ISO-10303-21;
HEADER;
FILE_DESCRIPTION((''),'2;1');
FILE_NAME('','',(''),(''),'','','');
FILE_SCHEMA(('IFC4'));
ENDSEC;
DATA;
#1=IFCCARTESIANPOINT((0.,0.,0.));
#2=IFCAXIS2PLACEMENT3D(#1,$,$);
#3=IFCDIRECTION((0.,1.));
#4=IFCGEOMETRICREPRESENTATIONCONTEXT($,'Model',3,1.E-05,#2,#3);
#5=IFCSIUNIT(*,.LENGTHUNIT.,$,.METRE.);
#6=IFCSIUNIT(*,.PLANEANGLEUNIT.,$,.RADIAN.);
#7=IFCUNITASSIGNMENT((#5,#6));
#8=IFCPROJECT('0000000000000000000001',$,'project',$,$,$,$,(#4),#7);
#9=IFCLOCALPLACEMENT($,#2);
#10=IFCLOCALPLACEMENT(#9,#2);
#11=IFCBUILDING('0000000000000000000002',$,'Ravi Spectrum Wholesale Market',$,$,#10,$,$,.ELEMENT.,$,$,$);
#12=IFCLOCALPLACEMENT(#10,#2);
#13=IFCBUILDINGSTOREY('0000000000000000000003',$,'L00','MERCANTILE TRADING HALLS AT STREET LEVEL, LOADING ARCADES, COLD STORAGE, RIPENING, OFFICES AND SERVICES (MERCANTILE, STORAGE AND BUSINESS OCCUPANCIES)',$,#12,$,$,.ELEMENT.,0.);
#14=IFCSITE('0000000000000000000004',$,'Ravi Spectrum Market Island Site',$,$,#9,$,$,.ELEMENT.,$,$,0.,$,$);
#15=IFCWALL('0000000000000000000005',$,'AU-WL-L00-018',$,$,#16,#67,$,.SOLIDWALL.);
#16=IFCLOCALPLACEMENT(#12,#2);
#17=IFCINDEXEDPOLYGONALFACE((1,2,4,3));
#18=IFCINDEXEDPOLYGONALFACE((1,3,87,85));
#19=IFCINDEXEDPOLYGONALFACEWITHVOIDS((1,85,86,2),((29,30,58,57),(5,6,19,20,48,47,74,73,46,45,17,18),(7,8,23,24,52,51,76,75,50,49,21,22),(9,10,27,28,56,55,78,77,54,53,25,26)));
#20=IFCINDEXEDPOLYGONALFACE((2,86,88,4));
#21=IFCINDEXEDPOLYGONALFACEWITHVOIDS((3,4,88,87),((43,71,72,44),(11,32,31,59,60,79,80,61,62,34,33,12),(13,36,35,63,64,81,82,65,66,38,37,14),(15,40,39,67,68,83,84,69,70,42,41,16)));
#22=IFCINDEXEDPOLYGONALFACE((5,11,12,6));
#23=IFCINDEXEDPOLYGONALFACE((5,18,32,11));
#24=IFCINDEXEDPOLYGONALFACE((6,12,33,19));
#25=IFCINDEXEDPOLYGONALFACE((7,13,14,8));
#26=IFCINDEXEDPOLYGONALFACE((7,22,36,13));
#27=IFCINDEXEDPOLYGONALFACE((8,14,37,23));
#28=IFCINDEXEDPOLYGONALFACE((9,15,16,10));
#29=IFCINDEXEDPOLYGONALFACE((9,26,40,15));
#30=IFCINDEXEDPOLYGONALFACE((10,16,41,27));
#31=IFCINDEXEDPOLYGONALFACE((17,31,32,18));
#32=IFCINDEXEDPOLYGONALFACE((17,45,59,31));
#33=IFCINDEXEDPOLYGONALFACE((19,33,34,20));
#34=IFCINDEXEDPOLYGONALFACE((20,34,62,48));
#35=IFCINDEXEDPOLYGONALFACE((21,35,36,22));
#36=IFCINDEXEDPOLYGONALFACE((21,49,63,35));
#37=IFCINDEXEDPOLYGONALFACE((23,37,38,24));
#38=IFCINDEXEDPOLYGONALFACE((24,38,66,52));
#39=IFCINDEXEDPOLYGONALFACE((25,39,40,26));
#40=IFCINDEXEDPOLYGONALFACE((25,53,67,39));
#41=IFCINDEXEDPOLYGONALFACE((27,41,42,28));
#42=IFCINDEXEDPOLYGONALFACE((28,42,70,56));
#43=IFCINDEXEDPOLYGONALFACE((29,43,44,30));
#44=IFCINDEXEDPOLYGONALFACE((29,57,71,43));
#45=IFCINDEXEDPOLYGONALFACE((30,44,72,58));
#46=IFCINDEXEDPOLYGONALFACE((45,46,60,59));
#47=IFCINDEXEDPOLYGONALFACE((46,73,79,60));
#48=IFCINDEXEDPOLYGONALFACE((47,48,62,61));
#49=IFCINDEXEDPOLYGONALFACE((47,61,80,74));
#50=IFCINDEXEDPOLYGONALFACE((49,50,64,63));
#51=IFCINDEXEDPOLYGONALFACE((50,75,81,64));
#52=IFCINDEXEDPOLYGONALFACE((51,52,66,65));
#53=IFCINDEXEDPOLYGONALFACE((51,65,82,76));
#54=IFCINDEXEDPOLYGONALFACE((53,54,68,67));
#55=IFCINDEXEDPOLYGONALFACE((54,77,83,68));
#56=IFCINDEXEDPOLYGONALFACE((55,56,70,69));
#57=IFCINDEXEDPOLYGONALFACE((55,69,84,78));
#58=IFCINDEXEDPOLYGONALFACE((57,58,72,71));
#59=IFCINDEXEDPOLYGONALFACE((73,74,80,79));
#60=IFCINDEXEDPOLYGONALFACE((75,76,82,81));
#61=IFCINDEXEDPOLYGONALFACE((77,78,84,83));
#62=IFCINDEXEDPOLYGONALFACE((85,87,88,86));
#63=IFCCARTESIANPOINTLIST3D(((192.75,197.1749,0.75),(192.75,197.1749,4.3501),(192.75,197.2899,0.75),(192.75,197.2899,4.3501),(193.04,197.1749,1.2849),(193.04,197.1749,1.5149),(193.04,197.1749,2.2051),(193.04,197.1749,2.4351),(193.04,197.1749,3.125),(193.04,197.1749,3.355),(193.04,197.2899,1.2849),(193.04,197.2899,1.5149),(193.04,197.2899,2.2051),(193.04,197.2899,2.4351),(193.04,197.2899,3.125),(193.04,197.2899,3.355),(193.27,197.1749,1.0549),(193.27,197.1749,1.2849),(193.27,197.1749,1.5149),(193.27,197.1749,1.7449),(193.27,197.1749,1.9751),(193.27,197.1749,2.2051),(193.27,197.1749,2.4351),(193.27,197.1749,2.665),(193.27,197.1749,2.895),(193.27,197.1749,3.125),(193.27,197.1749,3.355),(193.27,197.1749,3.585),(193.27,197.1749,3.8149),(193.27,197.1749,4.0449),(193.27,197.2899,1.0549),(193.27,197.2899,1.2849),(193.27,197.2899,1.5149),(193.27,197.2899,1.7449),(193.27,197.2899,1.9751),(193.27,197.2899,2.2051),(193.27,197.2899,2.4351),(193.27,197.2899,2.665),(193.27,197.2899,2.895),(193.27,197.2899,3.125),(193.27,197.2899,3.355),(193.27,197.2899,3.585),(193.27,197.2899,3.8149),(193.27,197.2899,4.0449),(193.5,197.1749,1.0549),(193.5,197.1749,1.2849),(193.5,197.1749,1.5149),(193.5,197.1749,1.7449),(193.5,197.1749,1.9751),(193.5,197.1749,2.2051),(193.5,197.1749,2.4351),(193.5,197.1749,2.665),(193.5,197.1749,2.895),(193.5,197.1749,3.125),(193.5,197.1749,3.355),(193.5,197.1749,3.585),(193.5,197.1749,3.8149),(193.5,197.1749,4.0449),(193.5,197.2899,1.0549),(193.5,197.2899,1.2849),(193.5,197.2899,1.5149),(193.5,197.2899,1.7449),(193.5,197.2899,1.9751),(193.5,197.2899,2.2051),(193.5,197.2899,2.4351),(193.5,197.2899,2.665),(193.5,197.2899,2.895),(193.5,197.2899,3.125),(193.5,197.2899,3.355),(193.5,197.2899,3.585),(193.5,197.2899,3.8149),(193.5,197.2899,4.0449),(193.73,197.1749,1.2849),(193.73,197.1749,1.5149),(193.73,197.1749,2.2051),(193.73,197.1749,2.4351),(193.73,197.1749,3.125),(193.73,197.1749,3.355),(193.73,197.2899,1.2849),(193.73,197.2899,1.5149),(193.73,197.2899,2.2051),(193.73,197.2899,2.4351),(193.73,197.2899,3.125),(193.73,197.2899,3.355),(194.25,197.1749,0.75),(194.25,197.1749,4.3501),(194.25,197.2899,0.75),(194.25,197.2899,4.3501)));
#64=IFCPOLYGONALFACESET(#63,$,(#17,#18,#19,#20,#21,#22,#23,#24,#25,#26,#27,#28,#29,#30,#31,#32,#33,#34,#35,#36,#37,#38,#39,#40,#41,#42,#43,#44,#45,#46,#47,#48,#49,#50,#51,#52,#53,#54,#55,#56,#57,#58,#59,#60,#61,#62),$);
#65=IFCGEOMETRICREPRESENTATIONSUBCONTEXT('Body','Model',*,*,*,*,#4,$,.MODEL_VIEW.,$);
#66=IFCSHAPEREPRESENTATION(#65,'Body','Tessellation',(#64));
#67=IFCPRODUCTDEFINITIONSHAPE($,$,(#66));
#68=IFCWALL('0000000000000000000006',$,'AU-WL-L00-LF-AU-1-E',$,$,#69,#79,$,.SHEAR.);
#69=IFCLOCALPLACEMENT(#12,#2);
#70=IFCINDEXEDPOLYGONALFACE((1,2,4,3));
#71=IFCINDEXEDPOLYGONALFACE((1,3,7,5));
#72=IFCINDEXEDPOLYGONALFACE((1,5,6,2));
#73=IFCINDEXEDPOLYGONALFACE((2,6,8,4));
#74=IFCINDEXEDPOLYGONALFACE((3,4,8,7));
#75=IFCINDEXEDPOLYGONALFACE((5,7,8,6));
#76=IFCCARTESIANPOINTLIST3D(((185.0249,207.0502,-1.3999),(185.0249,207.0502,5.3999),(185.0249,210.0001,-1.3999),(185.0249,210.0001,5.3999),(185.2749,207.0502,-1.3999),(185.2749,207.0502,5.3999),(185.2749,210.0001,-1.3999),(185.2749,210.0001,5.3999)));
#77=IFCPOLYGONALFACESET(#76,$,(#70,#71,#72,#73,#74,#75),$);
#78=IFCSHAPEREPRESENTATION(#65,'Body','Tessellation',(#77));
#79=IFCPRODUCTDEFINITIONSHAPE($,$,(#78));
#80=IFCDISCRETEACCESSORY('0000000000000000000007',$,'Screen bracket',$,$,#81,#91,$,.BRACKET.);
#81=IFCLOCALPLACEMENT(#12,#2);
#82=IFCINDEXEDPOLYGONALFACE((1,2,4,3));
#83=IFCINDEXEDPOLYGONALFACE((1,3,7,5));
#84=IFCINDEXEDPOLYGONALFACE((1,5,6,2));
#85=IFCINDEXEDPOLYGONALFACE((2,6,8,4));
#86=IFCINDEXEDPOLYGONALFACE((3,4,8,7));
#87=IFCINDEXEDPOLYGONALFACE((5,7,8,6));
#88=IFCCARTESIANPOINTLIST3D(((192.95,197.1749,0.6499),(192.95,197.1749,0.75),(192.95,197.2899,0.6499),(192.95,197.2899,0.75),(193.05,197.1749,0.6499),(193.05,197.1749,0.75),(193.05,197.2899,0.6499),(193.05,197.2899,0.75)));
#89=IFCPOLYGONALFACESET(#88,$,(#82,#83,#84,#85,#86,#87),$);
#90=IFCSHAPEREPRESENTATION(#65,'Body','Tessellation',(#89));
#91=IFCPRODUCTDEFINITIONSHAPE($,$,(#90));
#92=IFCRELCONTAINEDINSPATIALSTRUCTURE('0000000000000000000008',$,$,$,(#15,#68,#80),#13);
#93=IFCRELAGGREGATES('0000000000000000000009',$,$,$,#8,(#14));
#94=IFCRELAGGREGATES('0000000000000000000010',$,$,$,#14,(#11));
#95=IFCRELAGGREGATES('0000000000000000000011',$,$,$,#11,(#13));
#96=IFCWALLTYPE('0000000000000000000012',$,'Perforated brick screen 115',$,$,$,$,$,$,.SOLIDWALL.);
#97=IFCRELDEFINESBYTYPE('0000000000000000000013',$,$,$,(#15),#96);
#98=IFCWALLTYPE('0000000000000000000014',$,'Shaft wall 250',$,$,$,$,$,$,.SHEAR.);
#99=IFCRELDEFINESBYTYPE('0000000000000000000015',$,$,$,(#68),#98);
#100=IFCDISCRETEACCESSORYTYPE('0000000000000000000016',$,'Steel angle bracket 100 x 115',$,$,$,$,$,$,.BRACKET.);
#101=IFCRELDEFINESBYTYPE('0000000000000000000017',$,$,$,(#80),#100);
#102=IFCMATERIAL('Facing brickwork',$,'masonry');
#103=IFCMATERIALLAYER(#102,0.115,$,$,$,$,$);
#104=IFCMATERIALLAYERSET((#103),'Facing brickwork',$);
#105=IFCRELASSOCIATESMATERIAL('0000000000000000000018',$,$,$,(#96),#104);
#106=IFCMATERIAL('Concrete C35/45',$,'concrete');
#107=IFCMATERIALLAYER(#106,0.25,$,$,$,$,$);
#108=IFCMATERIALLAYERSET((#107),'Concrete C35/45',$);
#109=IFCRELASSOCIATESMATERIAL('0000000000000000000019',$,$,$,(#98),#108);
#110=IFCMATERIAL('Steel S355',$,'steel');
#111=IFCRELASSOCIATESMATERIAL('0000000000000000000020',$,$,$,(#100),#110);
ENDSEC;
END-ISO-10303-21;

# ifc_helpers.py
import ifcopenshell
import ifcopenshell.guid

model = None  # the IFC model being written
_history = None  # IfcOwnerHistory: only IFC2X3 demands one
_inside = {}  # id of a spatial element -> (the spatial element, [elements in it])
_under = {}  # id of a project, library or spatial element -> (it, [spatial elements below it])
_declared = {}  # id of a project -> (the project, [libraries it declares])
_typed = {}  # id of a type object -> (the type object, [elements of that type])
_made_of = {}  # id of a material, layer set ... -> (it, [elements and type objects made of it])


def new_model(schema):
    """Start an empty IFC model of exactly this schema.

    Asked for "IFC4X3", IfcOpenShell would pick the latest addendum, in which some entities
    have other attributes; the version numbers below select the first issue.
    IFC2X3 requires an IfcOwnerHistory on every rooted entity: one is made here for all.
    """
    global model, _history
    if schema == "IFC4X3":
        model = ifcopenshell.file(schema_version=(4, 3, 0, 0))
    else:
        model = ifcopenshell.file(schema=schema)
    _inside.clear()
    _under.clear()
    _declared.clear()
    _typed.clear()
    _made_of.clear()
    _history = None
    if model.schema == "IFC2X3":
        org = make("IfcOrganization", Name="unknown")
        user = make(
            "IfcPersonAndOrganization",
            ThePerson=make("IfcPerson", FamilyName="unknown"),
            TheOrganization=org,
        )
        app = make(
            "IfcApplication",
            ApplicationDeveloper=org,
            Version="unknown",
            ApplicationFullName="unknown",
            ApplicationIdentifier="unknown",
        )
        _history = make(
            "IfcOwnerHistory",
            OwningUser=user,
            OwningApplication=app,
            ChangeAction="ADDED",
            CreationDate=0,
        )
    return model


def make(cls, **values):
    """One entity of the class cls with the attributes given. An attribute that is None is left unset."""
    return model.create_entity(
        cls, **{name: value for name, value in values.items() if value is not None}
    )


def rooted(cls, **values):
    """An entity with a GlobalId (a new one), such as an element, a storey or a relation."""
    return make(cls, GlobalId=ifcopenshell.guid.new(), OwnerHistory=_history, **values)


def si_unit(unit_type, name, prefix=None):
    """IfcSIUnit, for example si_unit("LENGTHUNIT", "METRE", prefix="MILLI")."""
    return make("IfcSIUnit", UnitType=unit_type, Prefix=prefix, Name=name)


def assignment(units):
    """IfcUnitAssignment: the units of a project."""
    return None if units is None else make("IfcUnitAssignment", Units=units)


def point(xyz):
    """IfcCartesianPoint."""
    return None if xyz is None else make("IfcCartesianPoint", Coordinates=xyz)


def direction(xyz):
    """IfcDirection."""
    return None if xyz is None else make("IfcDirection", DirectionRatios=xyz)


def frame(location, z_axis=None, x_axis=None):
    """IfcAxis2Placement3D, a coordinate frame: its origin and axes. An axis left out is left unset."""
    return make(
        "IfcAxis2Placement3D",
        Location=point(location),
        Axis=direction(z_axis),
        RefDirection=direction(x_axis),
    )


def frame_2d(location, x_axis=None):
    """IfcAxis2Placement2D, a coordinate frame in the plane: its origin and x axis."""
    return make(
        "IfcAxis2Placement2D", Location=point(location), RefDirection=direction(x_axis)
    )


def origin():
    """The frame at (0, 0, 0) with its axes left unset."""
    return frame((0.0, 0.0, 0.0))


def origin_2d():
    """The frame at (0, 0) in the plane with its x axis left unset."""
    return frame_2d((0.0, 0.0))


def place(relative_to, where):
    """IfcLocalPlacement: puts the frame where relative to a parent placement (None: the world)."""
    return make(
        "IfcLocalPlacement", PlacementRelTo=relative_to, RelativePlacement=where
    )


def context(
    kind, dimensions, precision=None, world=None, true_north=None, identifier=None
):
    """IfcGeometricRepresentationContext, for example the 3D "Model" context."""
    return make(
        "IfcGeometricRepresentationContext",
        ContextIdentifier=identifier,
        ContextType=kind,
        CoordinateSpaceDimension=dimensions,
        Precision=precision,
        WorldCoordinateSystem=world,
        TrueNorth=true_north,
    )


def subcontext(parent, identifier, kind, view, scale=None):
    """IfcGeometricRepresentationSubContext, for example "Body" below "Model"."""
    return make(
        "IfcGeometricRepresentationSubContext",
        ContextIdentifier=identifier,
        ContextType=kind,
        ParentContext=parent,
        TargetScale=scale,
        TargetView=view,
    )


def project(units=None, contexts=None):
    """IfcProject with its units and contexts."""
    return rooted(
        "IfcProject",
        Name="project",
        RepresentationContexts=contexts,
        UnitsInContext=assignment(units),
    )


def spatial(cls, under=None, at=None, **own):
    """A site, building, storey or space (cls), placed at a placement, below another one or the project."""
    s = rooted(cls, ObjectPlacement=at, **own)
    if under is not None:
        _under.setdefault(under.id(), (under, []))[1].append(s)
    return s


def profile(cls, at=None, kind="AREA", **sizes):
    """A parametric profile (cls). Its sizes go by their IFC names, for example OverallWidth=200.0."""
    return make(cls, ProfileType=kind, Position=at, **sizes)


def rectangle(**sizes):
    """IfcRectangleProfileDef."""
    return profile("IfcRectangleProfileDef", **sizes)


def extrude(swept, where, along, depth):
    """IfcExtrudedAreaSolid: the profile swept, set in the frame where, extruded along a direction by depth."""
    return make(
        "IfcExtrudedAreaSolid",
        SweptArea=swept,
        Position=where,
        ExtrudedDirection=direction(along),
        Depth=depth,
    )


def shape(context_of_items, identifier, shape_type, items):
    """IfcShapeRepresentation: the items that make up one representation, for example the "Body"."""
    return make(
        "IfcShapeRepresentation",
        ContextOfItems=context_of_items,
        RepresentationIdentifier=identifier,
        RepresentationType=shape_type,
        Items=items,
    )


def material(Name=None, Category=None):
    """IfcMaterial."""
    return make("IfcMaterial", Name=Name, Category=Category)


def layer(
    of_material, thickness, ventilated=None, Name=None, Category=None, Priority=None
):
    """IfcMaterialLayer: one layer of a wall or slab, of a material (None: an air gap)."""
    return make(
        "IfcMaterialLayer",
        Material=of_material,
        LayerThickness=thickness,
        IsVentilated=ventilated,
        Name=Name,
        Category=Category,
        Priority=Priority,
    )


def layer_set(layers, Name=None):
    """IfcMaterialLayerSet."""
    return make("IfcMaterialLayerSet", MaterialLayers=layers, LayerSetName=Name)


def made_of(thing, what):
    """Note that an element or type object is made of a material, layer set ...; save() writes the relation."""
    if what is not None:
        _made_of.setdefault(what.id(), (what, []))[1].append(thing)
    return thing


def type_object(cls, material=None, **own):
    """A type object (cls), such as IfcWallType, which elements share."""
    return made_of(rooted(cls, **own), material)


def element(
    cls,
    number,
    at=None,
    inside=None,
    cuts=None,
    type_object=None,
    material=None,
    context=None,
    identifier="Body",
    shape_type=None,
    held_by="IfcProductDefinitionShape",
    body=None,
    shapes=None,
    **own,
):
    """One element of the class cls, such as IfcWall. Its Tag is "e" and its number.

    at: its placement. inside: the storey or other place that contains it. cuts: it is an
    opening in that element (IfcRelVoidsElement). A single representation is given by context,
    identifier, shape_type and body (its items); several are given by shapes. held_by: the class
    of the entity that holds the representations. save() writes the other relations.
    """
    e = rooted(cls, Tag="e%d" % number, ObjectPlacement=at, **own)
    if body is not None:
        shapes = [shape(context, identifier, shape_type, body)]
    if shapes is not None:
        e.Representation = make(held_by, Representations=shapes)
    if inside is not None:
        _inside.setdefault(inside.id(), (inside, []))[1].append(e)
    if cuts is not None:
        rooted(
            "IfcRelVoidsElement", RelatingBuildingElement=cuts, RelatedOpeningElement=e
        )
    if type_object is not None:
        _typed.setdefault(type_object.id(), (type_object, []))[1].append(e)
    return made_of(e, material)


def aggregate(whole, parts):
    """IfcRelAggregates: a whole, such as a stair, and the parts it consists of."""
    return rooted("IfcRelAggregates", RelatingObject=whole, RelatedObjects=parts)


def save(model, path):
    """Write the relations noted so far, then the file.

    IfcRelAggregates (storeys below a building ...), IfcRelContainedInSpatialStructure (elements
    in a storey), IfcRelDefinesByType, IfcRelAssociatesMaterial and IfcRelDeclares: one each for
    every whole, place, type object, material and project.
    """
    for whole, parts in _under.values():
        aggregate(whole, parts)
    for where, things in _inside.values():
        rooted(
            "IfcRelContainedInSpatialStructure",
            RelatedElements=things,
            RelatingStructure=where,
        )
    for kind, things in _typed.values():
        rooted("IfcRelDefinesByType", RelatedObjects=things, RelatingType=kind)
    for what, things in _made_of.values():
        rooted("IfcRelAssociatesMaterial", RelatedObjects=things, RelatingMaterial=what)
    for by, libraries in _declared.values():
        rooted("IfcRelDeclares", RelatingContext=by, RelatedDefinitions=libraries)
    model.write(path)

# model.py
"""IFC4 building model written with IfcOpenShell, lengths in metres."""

from ifc_helpers import new_model, si_unit, direction, frame, frame_2d, origin, origin_2d, place, context, subcontext, project, spatial, rectangle, extrude, material, layer, layer_set, type_object, element, save


model = new_model("IFC4")

# Units and contexts
model_context = context("Model", 3, precision=1e-05, world=origin(), true_north=direction((0.0, 1.0)))
body_context = subcontext(model_context, "Body", "Model", "MODEL_VIEW")
ifc_project = project(units=[si_unit("LENGTHUNIT", "METRE"), si_unit("PLANEANGLEUNIT", "RADIAN")], contexts=[model_context])

# Site, building, storey
site_placement = place(None, origin())
site = spatial("IfcSite", under=ifc_project, at=site_placement, Name="Ravi Spectrum Market Island Site", CompositionType="ELEMENT", RefElevation=0.0)
building_placement = place(site_placement, origin())
building = spatial("IfcBuilding", under=site, at=building_placement, Name="Ravi Spectrum Wholesale Market", CompositionType="ELEMENT")
storey_placement = place(building_placement, origin())
storey = spatial("IfcBuildingStorey", under=building, at=storey_placement, Name="L00", Description="MERCANTILE TRADING HALLS AT STREET LEVEL, LOADING ARCADES, COLD STORAGE, RIPENING, OFFICES AND SERVICES (MERCANTILE, STORAGE AND BUSINESS OCCUPANCIES)", CompositionType="ELEMENT", Elevation=0.0)

# Wall, openings
ifc_material_1 = material(Name="Facing brickwork", Category="masonry")
ifc_layer_1 = layer(ifc_material_1, 0.115)
ifc_layer_set_1 = layer_set([ifc_layer_1], Name="Facing brickwork")
wall_type_1 = type_object("IfcWallType", Name="Perforated brick screen 115", PredefinedType="SOLIDWALL", material=ifc_layer_set_1)
wall_1_placement = place(storey_placement, frame((192.75, 197.2324, 0.75), z_axis=(0.0, 0.0, 1.0), x_axis=(1.0, 0.0, 0.0)))
wall_1 = element("IfcWall", 1, at=wall_1_placement, inside=storey, type_object=wall_type_1, Name="AU-WL-L00-018", PredefinedType="SOLIDWALL", context=body_context, shape_type="SweptSolid", body=[
    extrude(rectangle(XDim=1.5, YDim=0.115, at=frame_2d((0.75, 0.0))), origin(), (0.0, 0.0, 1.0), 3.6001),
])
opening_1_placement = place(wall_1_placement, frame((0.52, 0.0, 0.3049)))
element("IfcOpeningElement", 2, at=opening_1_placement, cuts=wall_1, PredefinedType="OPENING", context=body_context, shape_type="SweptSolid", body=[
    extrude(rectangle(XDim=0.23, YDim=0.23, at=frame_2d((0.115, 0.115))), frame((0.0, 0.0674, 0.0), z_axis=(0.0, -1.0, 0.0), x_axis=(1.0, 0.0, 0.0)), (0.0, 0.0, 1.0), 0.135),
])
opening_2_placement = place(wall_1_placement, frame((0.29, 0.0, 0.5349)))
element("IfcOpeningElement", 3, at=opening_2_placement, cuts=wall_1, PredefinedType="OPENING", context=body_context, shape_type="SweptSolid", body=[
    extrude(rectangle(XDim=0.23, YDim=0.23, at=frame_2d((0.115, 0.115))), frame((0.0, 0.0674, 0.0), z_axis=(0.0, -1.0, 0.0), x_axis=(1.0, 0.0, 0.0)), (0.0, 0.0, 1.0), 0.135),
])
opening_3_placement = place(wall_1_placement, frame((0.52, 0.0, 0.5349)))
element("IfcOpeningElement", 4, at=opening_3_placement, cuts=wall_1, PredefinedType="OPENING", context=body_context, shape_type="SweptSolid", body=[
    extrude(rectangle(XDim=0.23, YDim=0.23, at=frame_2d((0.115, 0.115))), frame((0.0, 0.0674, 0.0), z_axis=(0.0, -1.0, 0.0), x_axis=(1.0, 0.0, 0.0)), (0.0, 0.0, 1.0), 0.135),
])
opening_4_placement = place(wall_1_placement, frame((0.75, 0.0, 0.5349)))
element("IfcOpeningElement", 5, at=opening_4_placement, cuts=wall_1, PredefinedType="OPENING", context=body_context, shape_type="SweptSolid", body=[
    extrude(rectangle(XDim=0.23, YDim=0.23, at=frame_2d((0.115, 0.115))), frame((0.0, 0.0674, 0.0), z_axis=(0.0, -1.0, 0.0), x_axis=(1.0, 0.0, 0.0)), (0.0, 0.0, 1.0), 0.135),
])
opening_5_placement = place(wall_1_placement, frame((0.52, 0.0, 0.7649)))
element("IfcOpeningElement", 6, at=opening_5_placement, cuts=wall_1, PredefinedType="OPENING", context=body_context, shape_type="SweptSolid", body=[
    extrude(rectangle(XDim=0.23, YDim=0.23, at=frame_2d((0.115, 0.115))), frame((0.0, 0.0674, 0.0), z_axis=(0.0, -1.0, 0.0), x_axis=(1.0, 0.0, 0.0)), (0.0, 0.0, 1.0), 0.135),
])
opening_6_placement = place(wall_1_placement, frame((0.52, 0.0, 1.2251)))
element("IfcOpeningElement", 7, at=opening_6_placement, cuts=wall_1, PredefinedType="OPENING", context=body_context, shape_type="SweptSolid", body=[
    extrude(rectangle(XDim=0.23, YDim=0.23, at=frame_2d((0.115, 0.115))), frame((0.0, 0.0674, 0.0), z_axis=(0.0, -1.0, 0.0), x_axis=(1.0, 0.0, 0.0)), (0.0, 0.0, 1.0), 0.135),
])
opening_7_placement = place(wall_1_placement, frame((0.29, 0.0, 1.4551)))
element("IfcOpeningElement", 8, at=opening_7_placement, cuts=wall_1, PredefinedType="OPENING", context=body_context, shape_type="SweptSolid", body=[
    extrude(rectangle(XDim=0.23, YDim=0.23, at=frame_2d((0.115, 0.115))), frame((0.0, 0.0674, 0.0), z_axis=(0.0, -1.0, 0.0), x_axis=(1.0, 0.0, 0.0)), (0.0, 0.0, 1.0), 0.135),
])
opening_8_placement = place(wall_1_placement, frame((0.52, 0.0, 1.4551)))
element("IfcOpeningElement", 9, at=opening_8_placement, cuts=wall_1, PredefinedType="OPENING", context=body_context, shape_type="SweptSolid", body=[
    extrude(rectangle(XDim=0.23, YDim=0.23, at=frame_2d((0.115, 0.115))), frame((0.0, 0.0674, 0.0), z_axis=(0.0, -1.0, 0.0), x_axis=(1.0, 0.0, 0.0)), (0.0, 0.0, 1.0), 0.135),
])
opening_9_placement = place(wall_1_placement, frame((0.75, 0.0, 1.4551)))
element("IfcOpeningElement", 10, at=opening_9_placement, cuts=wall_1, PredefinedType="OPENING", context=body_context, shape_type="SweptSolid", body=[
    extrude(rectangle(XDim=0.23, YDim=0.23, at=frame_2d((0.115, 0.115))), frame((0.0, 0.0674, 0.0), z_axis=(0.0, -1.0, 0.0), x_axis=(1.0, 0.0, 0.0)), (0.0, 0.0, 1.0), 0.135),
])
opening_10_placement = place(wall_1_placement, frame((0.52, 0.0, 1.6851)))
element("IfcOpeningElement", 11, at=opening_10_placement, cuts=wall_1, PredefinedType="OPENING", context=body_context, shape_type="SweptSolid", body=[
    extrude(rectangle(XDim=0.23, YDim=0.23, at=frame_2d((0.115, 0.115))), frame((0.0, 0.0674, 0.0), z_axis=(0.0, -1.0, 0.0), x_axis=(1.0, 0.0, 0.0)), (0.0, 0.0, 1.0), 0.135),
])
opening_11_placement = place(wall_1_placement, frame((0.52, 0.0, 2.145)))
element("IfcOpeningElement", 12, at=opening_11_placement, cuts=wall_1, PredefinedType="OPENING", context=body_context, shape_type="SweptSolid", body=[
    extrude(rectangle(XDim=0.23, YDim=0.23, at=frame_2d((0.115, 0.115))), frame((0.0, 0.0674, 0.0), z_axis=(0.0, -1.0, 0.0), x_axis=(1.0, 0.0, 0.0)), (0.0, 0.0, 1.0), 0.135),
])
opening_12_placement = place(wall_1_placement, frame((0.29, 0.0, 2.375)))
element("IfcOpeningElement", 13, at=opening_12_placement, cuts=wall_1, PredefinedType="OPENING", context=body_context, shape_type="SweptSolid", body=[
    extrude(rectangle(XDim=0.23, YDim=0.23, at=frame_2d((0.115, 0.115))), frame((0.0, 0.0674, 0.0), z_axis=(0.0, -1.0, 0.0), x_axis=(1.0, 0.0, 0.0)), (0.0, 0.0, 1.0), 0.135),
])
opening_13_placement = place(wall_1_placement, frame((0.52, 0.0, 2.375)))
element("IfcOpeningElement", 14, at=opening_13_placement, cuts=wall_1, PredefinedType="OPENING", context=body_context, shape_type="SweptSolid", body=[
    extrude(rectangle(XDim=0.23, YDim=0.23, at=frame_2d((0.115, 0.115))), frame((0.0, 0.0674, 0.0), z_axis=(0.0, -1.0, 0.0), x_axis=(1.0, 0.0, 0.0)), (0.0, 0.0, 1.0), 0.135),
])
opening_14_placement = place(wall_1_placement, frame((0.75, 0.0, 2.375)))
element("IfcOpeningElement", 15, at=opening_14_placement, cuts=wall_1, PredefinedType="OPENING", context=body_context, shape_type="SweptSolid", body=[
    extrude(rectangle(XDim=0.23, YDim=0.23, at=frame_2d((0.115, 0.115))), frame((0.0, 0.0674, 0.0), z_axis=(0.0, -1.0, 0.0), x_axis=(1.0, 0.0, 0.0)), (0.0, 0.0, 1.0), 0.135),
])
opening_15_placement = place(wall_1_placement, frame((0.52, 0.0, 2.605)))
element("IfcOpeningElement", 16, at=opening_15_placement, cuts=wall_1, PredefinedType="OPENING", context=body_context, shape_type="SweptSolid", body=[
    extrude(rectangle(XDim=0.23, YDim=0.23, at=frame_2d((0.115, 0.115))), frame((0.0, 0.0674, 0.0), z_axis=(0.0, -1.0, 0.0), x_axis=(1.0, 0.0, 0.0)), (0.0, 0.0, 1.0), 0.135),
])
opening_16_placement = place(wall_1_placement, frame((0.52, 0.0, 3.0649)))
element("IfcOpeningElement", 17, at=opening_16_placement, cuts=wall_1, PredefinedType="OPENING", context=body_context, shape_type="SweptSolid", body=[
    extrude(rectangle(XDim=0.23, YDim=0.23, at=frame_2d((0.115, 0.115))), frame((0.0, 0.0674, 0.0), z_axis=(0.0, -1.0, 0.0), x_axis=(1.0, 0.0, 0.0)), (0.0, 0.0, 1.0), 0.135),
])

# Wall
ifc_material_2 = material(Name="Concrete C35/45", Category="concrete")
ifc_layer_2 = layer(ifc_material_2, 0.25)
ifc_layer_set_2 = layer_set([ifc_layer_2], Name="Concrete C35/45")
wall_type_2 = type_object("IfcWallType", Name="Shaft wall 250", PredefinedType="SHEAR", material=ifc_layer_set_2)
wall_2_placement = place(storey_placement, frame((185.1499, 207.05, -1.3999), z_axis=(0.0, 0.0, 1.0), x_axis=(0.0, 1.0, 0.0)))
element("IfcWall", 18, at=wall_2_placement, inside=storey, type_object=wall_type_2, Name="AU-WL-L00-LF-AU-1-E", PredefinedType="SHEAR", context=body_context, shape_type="SweptSolid", body=[
    extrude(rectangle(XDim=2.95, YDim=0.25, at=frame_2d((1.4751, 0.0))), origin(), (0.0, 0.0, 1.0), 6.7998),
])

# Discrete accessory
ifc_material_3 = material(Name="Steel S355", Category="steel")
discrete_accessory_type = type_object("IfcDiscreteAccessoryType", Name="Steel angle bracket 100 x 115", PredefinedType="BRACKET", material=ifc_material_3)
discrete_accessory_placement = place(storey_placement, frame((193.0, 197.2324, 0.6499), z_axis=(0.0, 0.0, 1.0), x_axis=(1.0, 0.0, 0.0)))
element("IfcDiscreteAccessory", 19, at=discrete_accessory_placement, inside=storey, type_object=discrete_accessory_type, Name="Screen bracket", PredefinedType="BRACKET", context=body_context, shape_type="SweptSolid", body=[
    extrude(rectangle(XDim=0.1001, YDim=0.115, at=origin_2d()), origin(), (0.0, 0.0, 1.0), 0.1001),
])

save(model, "model.ifc")
